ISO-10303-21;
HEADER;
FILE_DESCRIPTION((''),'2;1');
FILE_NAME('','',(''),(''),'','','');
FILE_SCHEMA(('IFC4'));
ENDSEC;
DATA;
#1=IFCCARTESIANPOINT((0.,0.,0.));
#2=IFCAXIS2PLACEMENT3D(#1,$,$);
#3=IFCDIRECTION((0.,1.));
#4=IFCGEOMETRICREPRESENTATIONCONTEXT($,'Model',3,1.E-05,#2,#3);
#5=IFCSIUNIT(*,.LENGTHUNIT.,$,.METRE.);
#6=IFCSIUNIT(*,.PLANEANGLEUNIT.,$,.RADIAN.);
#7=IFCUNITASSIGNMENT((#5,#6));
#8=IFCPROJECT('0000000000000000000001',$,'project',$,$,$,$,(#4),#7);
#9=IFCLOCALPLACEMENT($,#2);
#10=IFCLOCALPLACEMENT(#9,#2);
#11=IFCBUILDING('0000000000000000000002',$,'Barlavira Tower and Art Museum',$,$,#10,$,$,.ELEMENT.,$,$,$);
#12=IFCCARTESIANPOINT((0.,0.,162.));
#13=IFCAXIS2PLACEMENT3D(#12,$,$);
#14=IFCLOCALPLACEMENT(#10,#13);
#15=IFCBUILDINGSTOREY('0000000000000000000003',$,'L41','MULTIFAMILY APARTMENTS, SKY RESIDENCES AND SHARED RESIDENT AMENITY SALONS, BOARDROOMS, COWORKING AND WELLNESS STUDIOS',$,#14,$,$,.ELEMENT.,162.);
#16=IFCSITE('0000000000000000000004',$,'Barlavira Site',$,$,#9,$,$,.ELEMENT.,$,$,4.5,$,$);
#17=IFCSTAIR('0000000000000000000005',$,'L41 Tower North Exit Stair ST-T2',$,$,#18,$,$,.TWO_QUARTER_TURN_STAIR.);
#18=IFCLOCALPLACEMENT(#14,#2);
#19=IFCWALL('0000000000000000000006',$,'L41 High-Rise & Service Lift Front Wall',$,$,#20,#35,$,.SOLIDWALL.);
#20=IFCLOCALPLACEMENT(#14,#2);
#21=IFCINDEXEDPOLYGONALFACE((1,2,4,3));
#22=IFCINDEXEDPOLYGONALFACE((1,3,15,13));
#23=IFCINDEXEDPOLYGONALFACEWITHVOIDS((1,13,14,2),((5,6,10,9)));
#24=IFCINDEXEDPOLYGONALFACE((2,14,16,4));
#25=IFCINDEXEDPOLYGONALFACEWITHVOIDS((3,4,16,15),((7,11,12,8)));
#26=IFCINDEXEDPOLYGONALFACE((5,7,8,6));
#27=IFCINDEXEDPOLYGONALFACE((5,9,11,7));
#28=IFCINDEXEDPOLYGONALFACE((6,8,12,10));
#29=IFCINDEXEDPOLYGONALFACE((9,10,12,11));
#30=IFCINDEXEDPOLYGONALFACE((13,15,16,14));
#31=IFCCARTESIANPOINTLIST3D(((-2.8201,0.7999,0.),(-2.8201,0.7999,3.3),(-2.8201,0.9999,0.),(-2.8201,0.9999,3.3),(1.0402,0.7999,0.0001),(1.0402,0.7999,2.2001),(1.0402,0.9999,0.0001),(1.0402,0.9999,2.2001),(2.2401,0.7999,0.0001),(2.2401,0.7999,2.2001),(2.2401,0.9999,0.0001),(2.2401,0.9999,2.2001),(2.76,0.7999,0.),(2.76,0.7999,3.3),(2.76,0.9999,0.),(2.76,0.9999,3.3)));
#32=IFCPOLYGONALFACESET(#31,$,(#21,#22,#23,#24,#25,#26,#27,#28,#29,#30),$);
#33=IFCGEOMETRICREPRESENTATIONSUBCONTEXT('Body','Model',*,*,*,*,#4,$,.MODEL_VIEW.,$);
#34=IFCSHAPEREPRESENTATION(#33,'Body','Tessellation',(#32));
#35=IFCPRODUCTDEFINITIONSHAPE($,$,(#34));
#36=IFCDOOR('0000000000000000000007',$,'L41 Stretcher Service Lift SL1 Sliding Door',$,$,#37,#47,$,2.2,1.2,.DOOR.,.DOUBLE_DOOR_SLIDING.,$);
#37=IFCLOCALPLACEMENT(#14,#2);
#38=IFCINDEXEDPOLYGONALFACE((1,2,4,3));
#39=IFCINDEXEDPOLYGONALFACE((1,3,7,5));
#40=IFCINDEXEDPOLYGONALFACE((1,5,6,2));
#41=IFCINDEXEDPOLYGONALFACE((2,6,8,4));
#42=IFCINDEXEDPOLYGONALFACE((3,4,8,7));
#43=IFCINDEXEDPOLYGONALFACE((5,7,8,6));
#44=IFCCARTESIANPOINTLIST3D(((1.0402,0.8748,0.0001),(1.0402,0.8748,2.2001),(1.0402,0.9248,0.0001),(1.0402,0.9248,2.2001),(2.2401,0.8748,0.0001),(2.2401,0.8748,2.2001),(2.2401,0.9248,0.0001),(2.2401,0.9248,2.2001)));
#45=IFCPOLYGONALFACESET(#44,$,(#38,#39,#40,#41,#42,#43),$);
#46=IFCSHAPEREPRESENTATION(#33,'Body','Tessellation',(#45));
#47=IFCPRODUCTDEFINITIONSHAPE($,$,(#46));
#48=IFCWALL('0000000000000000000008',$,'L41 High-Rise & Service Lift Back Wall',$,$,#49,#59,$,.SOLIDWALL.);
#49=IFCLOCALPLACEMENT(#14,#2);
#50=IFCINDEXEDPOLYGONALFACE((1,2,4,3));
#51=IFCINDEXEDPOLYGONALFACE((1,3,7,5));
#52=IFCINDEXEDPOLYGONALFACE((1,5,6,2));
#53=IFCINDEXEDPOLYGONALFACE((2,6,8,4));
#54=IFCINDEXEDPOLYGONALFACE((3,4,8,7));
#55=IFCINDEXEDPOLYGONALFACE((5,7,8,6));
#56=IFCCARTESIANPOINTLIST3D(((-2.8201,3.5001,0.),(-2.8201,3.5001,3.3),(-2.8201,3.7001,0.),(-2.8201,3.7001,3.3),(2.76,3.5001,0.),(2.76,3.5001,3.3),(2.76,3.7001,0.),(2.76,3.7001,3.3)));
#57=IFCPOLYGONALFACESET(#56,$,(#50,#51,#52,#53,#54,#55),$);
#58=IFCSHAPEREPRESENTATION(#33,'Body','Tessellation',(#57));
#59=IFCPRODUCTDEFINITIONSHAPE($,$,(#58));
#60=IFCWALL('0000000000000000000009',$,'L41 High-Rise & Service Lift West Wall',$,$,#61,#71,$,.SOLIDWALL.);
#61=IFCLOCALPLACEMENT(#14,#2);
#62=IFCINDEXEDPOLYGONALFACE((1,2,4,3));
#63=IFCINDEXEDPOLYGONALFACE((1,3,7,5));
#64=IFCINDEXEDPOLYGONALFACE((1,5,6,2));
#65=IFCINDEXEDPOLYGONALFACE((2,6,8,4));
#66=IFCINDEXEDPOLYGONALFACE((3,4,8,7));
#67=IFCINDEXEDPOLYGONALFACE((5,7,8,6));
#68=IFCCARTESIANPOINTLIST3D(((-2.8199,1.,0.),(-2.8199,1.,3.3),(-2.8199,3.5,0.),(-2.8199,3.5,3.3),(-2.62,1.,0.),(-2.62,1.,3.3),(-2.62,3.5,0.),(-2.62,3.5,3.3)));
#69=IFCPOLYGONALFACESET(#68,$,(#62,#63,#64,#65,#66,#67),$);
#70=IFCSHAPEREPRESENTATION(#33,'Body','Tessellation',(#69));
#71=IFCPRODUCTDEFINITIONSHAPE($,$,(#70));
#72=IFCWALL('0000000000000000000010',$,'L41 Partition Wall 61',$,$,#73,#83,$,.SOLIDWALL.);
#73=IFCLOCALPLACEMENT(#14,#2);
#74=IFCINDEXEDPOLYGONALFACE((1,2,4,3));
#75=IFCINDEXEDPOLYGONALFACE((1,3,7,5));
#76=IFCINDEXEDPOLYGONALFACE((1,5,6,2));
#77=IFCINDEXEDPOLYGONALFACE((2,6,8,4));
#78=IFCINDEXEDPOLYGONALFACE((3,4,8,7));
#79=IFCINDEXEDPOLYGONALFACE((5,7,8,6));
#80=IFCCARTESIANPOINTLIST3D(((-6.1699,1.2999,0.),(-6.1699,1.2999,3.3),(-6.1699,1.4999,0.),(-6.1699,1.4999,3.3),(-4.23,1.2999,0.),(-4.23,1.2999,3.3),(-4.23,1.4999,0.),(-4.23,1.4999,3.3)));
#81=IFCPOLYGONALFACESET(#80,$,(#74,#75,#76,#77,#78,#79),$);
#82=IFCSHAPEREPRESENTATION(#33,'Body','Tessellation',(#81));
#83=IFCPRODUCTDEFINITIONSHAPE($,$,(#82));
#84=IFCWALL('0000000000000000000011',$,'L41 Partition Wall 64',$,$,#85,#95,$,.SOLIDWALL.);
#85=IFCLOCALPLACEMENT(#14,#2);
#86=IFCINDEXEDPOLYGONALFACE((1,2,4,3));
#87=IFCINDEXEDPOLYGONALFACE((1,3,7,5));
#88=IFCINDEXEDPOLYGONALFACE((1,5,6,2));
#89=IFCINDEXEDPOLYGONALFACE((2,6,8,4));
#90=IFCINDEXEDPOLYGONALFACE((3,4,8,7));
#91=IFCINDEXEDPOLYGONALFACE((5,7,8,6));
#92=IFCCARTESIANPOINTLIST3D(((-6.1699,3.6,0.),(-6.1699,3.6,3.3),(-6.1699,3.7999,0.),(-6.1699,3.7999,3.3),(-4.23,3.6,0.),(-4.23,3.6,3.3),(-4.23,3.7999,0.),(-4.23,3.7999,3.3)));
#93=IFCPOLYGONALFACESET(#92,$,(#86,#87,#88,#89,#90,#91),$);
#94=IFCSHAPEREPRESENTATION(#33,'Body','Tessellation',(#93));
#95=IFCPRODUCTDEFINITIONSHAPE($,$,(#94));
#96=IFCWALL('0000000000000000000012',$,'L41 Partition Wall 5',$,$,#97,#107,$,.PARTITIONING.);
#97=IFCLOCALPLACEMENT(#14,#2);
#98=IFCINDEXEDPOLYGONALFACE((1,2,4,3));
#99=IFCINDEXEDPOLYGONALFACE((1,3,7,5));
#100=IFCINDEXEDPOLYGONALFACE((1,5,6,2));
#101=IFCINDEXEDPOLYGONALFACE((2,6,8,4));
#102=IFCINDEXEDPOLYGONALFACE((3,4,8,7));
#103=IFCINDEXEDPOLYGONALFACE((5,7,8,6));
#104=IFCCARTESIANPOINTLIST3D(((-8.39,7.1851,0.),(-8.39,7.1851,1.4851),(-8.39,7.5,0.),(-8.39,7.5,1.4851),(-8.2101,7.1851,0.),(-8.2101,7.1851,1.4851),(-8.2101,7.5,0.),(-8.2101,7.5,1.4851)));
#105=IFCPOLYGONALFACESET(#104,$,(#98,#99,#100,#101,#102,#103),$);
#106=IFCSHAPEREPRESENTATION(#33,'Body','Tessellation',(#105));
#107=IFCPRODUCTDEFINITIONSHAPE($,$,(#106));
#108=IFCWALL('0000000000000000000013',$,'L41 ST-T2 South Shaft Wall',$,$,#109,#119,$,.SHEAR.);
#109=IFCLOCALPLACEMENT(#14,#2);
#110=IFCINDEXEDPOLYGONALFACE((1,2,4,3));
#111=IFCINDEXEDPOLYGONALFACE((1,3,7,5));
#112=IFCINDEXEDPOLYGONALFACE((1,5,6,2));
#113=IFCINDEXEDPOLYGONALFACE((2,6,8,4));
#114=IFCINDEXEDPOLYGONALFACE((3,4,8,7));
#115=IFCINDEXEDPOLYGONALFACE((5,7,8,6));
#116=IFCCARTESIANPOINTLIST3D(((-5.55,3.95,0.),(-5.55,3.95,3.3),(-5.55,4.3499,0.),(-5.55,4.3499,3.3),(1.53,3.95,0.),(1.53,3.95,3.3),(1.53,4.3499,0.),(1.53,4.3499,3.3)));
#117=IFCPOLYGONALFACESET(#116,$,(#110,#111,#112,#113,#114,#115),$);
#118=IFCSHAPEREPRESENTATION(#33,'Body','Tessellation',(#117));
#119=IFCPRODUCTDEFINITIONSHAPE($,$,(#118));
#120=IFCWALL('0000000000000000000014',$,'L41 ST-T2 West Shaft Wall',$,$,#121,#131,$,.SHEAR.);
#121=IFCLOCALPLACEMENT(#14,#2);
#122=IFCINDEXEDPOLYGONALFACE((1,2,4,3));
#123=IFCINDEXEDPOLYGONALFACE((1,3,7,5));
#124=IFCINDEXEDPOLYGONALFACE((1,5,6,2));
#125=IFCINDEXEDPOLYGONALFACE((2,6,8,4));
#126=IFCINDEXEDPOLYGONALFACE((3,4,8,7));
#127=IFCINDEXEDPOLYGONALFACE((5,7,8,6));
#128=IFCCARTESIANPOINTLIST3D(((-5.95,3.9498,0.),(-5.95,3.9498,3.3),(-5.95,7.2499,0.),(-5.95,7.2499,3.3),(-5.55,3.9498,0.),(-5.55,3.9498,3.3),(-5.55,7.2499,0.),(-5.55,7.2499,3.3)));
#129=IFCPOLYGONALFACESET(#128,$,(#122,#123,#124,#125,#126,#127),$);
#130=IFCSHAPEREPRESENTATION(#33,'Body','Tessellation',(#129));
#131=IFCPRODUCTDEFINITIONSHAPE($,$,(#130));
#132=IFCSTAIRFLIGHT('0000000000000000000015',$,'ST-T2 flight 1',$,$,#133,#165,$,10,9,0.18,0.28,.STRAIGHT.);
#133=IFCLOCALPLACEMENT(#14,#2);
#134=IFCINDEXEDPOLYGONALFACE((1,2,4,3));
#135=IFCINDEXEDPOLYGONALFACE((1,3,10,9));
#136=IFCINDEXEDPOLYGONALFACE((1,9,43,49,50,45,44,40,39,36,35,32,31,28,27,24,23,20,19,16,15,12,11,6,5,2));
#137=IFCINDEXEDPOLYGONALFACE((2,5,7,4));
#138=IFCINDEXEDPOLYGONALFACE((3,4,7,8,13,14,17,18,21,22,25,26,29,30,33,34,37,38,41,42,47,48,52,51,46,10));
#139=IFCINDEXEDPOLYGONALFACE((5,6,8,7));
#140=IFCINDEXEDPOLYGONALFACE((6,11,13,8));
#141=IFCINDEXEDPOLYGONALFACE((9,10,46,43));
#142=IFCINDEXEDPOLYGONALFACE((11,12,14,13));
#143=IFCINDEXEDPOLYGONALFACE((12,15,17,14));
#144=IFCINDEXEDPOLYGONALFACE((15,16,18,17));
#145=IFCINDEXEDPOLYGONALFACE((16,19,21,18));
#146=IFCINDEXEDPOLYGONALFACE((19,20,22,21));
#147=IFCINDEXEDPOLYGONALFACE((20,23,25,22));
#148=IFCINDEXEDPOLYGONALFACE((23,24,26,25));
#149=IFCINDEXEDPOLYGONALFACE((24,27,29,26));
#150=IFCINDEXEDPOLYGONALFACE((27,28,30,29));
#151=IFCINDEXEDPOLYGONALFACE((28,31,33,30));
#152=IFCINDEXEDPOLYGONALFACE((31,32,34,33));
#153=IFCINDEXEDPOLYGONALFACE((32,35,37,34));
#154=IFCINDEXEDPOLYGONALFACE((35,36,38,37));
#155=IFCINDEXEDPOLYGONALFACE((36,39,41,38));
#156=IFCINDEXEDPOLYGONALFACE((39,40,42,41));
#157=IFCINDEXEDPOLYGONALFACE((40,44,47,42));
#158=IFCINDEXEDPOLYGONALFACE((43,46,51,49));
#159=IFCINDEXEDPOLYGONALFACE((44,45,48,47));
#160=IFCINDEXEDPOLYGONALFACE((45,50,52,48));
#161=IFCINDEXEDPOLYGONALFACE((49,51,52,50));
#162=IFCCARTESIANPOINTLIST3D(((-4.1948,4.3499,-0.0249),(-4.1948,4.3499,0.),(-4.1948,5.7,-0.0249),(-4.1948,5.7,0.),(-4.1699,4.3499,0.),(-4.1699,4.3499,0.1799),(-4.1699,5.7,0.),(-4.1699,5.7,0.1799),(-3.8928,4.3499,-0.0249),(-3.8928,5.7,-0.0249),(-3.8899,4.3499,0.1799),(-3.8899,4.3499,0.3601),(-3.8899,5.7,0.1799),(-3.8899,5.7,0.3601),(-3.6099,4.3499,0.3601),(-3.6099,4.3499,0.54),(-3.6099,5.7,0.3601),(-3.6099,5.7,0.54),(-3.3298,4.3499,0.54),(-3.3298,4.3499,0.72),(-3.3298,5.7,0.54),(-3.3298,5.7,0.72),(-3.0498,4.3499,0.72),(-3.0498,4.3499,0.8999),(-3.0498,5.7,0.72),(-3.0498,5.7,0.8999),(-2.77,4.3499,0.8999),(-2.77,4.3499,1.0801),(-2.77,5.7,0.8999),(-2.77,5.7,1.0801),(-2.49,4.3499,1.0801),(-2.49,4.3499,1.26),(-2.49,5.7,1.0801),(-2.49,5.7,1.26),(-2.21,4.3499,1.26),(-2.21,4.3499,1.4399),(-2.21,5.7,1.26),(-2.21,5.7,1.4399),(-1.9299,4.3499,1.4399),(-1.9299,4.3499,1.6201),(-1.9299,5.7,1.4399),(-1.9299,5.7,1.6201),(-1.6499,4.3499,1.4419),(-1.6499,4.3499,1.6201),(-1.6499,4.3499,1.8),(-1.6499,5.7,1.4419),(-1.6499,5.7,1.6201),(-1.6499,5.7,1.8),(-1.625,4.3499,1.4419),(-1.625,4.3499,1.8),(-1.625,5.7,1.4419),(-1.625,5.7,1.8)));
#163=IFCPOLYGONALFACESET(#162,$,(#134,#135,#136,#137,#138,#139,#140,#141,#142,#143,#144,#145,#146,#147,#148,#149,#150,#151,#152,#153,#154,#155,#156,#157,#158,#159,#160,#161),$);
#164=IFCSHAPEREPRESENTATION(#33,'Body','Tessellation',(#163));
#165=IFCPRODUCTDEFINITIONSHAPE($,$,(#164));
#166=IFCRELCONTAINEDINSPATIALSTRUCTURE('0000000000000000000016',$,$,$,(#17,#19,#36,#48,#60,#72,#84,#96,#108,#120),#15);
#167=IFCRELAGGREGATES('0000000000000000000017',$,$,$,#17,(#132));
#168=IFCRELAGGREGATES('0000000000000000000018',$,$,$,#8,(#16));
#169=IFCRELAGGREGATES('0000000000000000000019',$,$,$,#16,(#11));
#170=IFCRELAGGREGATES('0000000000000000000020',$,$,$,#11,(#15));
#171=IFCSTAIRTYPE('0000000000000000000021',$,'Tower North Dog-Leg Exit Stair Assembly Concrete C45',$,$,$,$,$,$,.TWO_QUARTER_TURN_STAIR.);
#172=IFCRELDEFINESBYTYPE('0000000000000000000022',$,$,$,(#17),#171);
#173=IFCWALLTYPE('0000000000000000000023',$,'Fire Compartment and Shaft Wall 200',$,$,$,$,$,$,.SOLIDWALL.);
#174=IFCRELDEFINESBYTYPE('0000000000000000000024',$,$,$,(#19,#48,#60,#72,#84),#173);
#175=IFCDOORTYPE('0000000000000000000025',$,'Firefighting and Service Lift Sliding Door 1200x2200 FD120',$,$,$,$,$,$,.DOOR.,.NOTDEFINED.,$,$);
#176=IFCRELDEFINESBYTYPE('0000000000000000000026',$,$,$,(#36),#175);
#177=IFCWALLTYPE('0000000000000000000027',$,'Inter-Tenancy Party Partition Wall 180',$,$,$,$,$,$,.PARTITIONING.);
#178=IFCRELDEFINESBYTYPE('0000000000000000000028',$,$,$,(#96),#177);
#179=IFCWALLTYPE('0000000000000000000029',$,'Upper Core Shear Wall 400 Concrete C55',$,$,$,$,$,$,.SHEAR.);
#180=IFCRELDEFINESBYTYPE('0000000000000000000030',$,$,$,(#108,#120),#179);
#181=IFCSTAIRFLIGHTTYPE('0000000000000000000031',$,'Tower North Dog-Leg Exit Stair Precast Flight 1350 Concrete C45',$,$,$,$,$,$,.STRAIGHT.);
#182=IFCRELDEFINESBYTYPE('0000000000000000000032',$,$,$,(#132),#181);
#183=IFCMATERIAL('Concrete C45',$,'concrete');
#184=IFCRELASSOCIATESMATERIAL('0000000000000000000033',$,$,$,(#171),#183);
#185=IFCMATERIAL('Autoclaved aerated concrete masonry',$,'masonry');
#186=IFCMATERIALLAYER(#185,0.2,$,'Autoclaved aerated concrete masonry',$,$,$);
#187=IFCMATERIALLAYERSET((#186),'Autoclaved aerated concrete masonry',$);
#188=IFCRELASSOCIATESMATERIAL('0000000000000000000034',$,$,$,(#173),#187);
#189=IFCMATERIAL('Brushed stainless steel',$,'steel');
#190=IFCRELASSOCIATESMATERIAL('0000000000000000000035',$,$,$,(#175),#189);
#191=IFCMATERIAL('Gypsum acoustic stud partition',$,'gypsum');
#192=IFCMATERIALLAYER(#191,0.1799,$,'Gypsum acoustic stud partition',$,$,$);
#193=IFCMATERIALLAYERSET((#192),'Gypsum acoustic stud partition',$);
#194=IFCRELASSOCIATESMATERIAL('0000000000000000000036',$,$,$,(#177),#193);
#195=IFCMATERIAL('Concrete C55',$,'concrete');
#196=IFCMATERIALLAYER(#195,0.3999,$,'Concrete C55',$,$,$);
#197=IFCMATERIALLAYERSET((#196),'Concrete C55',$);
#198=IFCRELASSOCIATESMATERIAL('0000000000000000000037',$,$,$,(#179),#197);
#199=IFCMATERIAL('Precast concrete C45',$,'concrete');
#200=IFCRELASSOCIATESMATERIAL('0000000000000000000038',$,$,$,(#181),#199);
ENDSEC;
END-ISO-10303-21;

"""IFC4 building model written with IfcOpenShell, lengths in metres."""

from ifc_helpers import new_model, si_unit, direction, frame, frame_2d, origin, place, context, subcontext, project, spatial, polyline, rectangle, outline, extrude, material, layer, layer_set, type_object, element, fill, aggregate, save


model = new_model("IFC4")

# Units and contexts
model_context = context("Model", 3, precision=1e-05, world=origin(), true_north=direction((0.0, 1.0)))
body_context = subcontext(model_context, "Body", "Model", "MODEL_VIEW")
ifc_project = project(units=[si_unit("LENGTHUNIT", "METRE"), si_unit("PLANEANGLEUNIT", "RADIAN")], contexts=[model_context])

# Site, building, storey
site_placement = place(None, origin())
site = spatial("IfcSite", under=ifc_project, at=site_placement, Name="Barlavira Site", CompositionType="ELEMENT", RefElevation=4.5)
building_placement = place(site_placement, origin())
building = spatial("IfcBuilding", under=site, at=building_placement, Name="Barlavira Tower and Art Museum", CompositionType="ELEMENT")
storey_placement = place(building_placement, frame((0.0, 0.0, 162.0)))
storey = spatial("IfcBuildingStorey", under=building, at=storey_placement, Name="L41", Description="MULTIFAMILY APARTMENTS, SKY RESIDENCES AND SHARED RESIDENT AMENITY SALONS, BOARDROOMS, COWORKING AND WELLNESS STUDIOS", CompositionType="ELEMENT", Elevation=162.0)

# Stair
ifc_material_1 = material(Name="Concrete C45", Category="concrete")
stair_type_1 = type_object("IfcStairType", Name="Tower North Dog-Leg Exit Stair Assembly Concrete C45", PredefinedType="TWO_QUARTER_TURN_STAIR", material=ifc_material_1)
stair_1_placement = place(storey_placement, origin())
stair_1 = element("IfcStair", 1, at=stair_1_placement, inside=storey, type_object=stair_type_1, Name="L41 Tower North Exit Stair ST-T2", PredefinedType="TWO_QUARTER_TURN_STAIR")

# Shared definitions
ifc_material_2 = material(Name="Brushed stainless steel", Category="steel")

# Wall, opening, door
ifc_material_3 = material(Name="Autoclaved aerated concrete masonry", Category="masonry")
ifc_layer_1 = layer(ifc_material_3, 0.2, Name="Autoclaved aerated concrete masonry")
ifc_layer_set_1 = layer_set([ifc_layer_1], Name="Autoclaved aerated concrete masonry")
wall_type_1 = type_object("IfcWallType", Name="Fire Compartment and Shaft Wall 200", PredefinedType="SOLIDWALL", material=ifc_layer_set_1)
wall_1_placement = place(storey_placement, frame((-2.8201, 0.8999, 0.0), z_axis=(0.0, 0.0, 1.0), x_axis=(1.0, 0.0, 0.0)))
wall_1 = element("IfcWall", 2, at=wall_1_placement, inside=storey, type_object=wall_type_1, Name="L41 High-Rise & Service Lift Front Wall", PredefinedType="SOLIDWALL", context=body_context, shape_type="SweptSolid", body=[
    extrude(rectangle(XDim=5.5801, YDim=0.2, at=frame_2d((2.79, 0.0))), origin(), (0.0, 0.0, 1.0), 3.3),
])
opening_1_placement = place(wall_1_placement, frame((3.8601, 0.0, 0.0)))
opening_1 = element("IfcOpeningElement", 3, at=opening_1_placement, cuts=wall_1, PredefinedType="OPENING", context=body_context, shape_type="SweptSolid", body=[
    extrude(rectangle(XDim=1.2, YDim=2.2, at=frame_2d((0.6001, 1.1001))), frame((0.0, 0.1099, 0.0), z_axis=(0.0, -1.0, 0.0), x_axis=(1.0, 0.0, 0.0)), (0.0, 0.0, 1.0), 0.22),
])
door_type_1 = type_object("IfcDoorType", Name="Firefighting and Service Lift Sliding Door 1200x2200 FD120", OperationType="NOTDEFINED", PredefinedType="DOOR", material=ifc_material_2)
door_1_placement = place(opening_1_placement, origin())
door_1 = element("IfcDoor", 4, at=door_1_placement, inside=storey, type_object=door_type_1, Name="L41 Stretcher Service Lift SL1 Sliding Door", OperationType="DOUBLE_DOOR_SLIDING", OverallHeight=2.2, OverallWidth=1.2, PredefinedType="DOOR", context=body_context, shape_type="SweptSolid", body=[
    extrude(rectangle(XDim=1.2, YDim=2.2, at=frame_2d((0.6001, 1.1001))), frame((0.0, 0.0249, 0.0), z_axis=(0.0, -1.0, 0.0), x_axis=(1.0, 0.0, 0.0)), (0.0, 0.0, 1.0), 0.05),
])
fill(opening_1, door_1)

# Walls
wall_2_placement = place(storey_placement, frame((-2.8201, 3.6001, 0.0), z_axis=(0.0, 0.0, 1.0), x_axis=(1.0, 0.0, 0.0)))
element("IfcWall", 5, at=wall_2_placement, inside=storey, type_object=wall_type_1, Name="L41 High-Rise & Service Lift Back Wall", PredefinedType="SOLIDWALL", context=body_context, shape_type="SweptSolid", body=[
    extrude(rectangle(XDim=5.5801, YDim=0.2, at=frame_2d((2.79, 0.0))), origin(), (0.0, 0.0, 1.0), 3.3),
])
wall_3_placement = place(storey_placement, frame((-2.72, 1.0, 0.0), z_axis=(0.0, 0.0, 1.0), x_axis=(0.0, 1.0, 0.0)))
element("IfcWall", 6, at=wall_3_placement, inside=storey, type_object=wall_type_1, Name="L41 High-Rise & Service Lift West Wall", PredefinedType="SOLIDWALL", context=body_context, shape_type="SweptSolid", body=[
    extrude(rectangle(XDim=2.5, YDim=0.2, at=frame_2d((1.25, 0.0))), origin(), (0.0, 0.0, 1.0), 3.3),
])
for number, where, z_axis, x_axis, name in (
    (7, (-6.1699, 1.3999, 0.0), (0.0, 0.0, 1.0), (1.0, 0.0, 0.0), "L41 Partition Wall 61"),
    (8, (-6.1699, 3.7, 0.0), (0.0, 0.0, 1.0), (1.0, 0.0, 0.0), "L41 Partition Wall 64"),
):
    element("IfcWall", number, at=place(storey_placement, frame(where, z_axis=z_axis, x_axis=x_axis)), inside=storey, type_object=wall_type_1, Name=name, PredefinedType="SOLIDWALL", context=body_context, shape_type="SweptSolid", body=[
        extrude(rectangle(XDim=1.9399, YDim=0.2, at=frame_2d((0.97, 0.0))), origin(), (0.0, 0.0, 1.0), 3.3),
    ])
ifc_material_4 = material(Name="Gypsum acoustic stud partition", Category="gypsum")
ifc_layer_2 = layer(ifc_material_4, 0.1799, Name="Gypsum acoustic stud partition")
ifc_layer_set_2 = layer_set([ifc_layer_2], Name="Gypsum acoustic stud partition")
wall_type_2 = type_object("IfcWallType", Name="Inter-Tenancy Party Partition Wall 180", PredefinedType="PARTITIONING", material=ifc_layer_set_2)
wall_4_placement = place(storey_placement, frame((-8.3, 7.1851, 0.0), z_axis=(0.0, 0.0, 1.0), x_axis=(0.0, 1.0, 0.0)))
element("IfcWall", 9, at=wall_4_placement, inside=storey, type_object=wall_type_2, Name="L41 Partition Wall 5", PredefinedType="PARTITIONING", context=body_context, shape_type="SweptSolid", body=[
    extrude(rectangle(XDim=0.3149, YDim=0.1799, at=frame_2d((0.1575, 0.0))), origin(), (0.0, 0.0, 1.0), 1.4851),
])
ifc_material_5 = material(Name="Concrete C55", Category="concrete")
ifc_layer_3 = layer(ifc_material_5, 0.3999, Name="Concrete C55")
ifc_layer_set_3 = layer_set([ifc_layer_3], Name="Concrete C55")
wall_type_3 = type_object("IfcWallType", Name="Upper Core Shear Wall 400 Concrete C55", PredefinedType="SHEAR", material=ifc_layer_set_3)
wall_5_placement = place(storey_placement, frame((-5.55, 4.1499, 0.0), z_axis=(0.0, 0.0, 1.0), x_axis=(1.0, 0.0, 0.0)))
element("IfcWall", 10, at=wall_5_placement, inside=storey, type_object=wall_type_3, Name="L41 ST-T2 South Shaft Wall", PredefinedType="SHEAR", context=body_context, shape_type="SweptSolid", body=[
    extrude(rectangle(XDim=7.0801, YDim=0.3999, at=frame_2d((3.54, 0.0))), origin(), (0.0, 0.0, 1.0), 3.3),
])
wall_6_placement = place(storey_placement, frame((-5.75, 3.95, 0.0), z_axis=(0.0, 0.0, 1.0), x_axis=(0.0, 1.0, 0.0)))
element("IfcWall", 11, at=wall_6_placement, inside=storey, type_object=wall_type_3, Name="L41 ST-T2 West Shaft Wall", PredefinedType="SHEAR", context=body_context, shape_type="SweptSolid", body=[
    extrude(rectangle(XDim=3.3, YDim=0.3999, at=frame_2d((1.6499, 0.0))), origin(), (0.0, 0.0, 1.0), 3.3),
])

# Stair flight
ifc_material_6 = material(Name="Precast concrete C45", Category="concrete")
stair_flight_type = type_object("IfcStairFlightType", Name="Tower North Dog-Leg Exit Stair Precast Flight 1350 Concrete C45", PredefinedType="STRAIGHT", material=ifc_material_6)
stair_flight_1_placement = place(storey_placement, frame((-4.1699, 5.0249, 0.0), z_axis=(0.0, 0.0, 1.0), x_axis=(1.0, 0.0, 0.0)))
stair_flight_1 = element("IfcStairFlight", 12, at=stair_flight_1_placement, type_object=stair_flight_type, Name="ST-T2 flight 1", NumberOfRisers=10, NumberOfTreads=9, PredefinedType="STRAIGHT", RiserHeight=0.18, TreadLength=0.28, context=body_context, shape_type="SweptSolid", body=[
    extrude(outline(polyline([(-0.0249, 0.0), (0.0, 0.0), (0.0, 0.1799), (0.28, 0.1799), (0.28, 0.3601), (0.5601, 0.3601), (0.5601, 0.54), (0.8401, 0.54), (0.8401, 0.72), (1.1201, 0.72), (1.1201, 0.8999), (1.3999, 0.8999), (1.3999, 1.0801), (1.6799, 1.0801), (1.6799, 1.26), (1.96, 1.26), (1.96, 1.4399), (2.24, 1.4399), (2.24, 1.6201), (2.52, 1.6201), (2.52, 1.8), (2.5449, 1.8), (2.5449, 1.4419), (2.52, 1.4419), (0.2771, -0.0249), (-0.0249, -0.0249), (-0.0249, 0.0)])), frame((0.0, 0.675, 0.0), z_axis=(0.0, -1.0, 0.0), x_axis=(1.0, 0.0, 0.0)), (0.0, 0.0, 1.0), 1.3501),
])
aggregate(stair_1, [stair_flight_1])

save(model, "model.ifc")
